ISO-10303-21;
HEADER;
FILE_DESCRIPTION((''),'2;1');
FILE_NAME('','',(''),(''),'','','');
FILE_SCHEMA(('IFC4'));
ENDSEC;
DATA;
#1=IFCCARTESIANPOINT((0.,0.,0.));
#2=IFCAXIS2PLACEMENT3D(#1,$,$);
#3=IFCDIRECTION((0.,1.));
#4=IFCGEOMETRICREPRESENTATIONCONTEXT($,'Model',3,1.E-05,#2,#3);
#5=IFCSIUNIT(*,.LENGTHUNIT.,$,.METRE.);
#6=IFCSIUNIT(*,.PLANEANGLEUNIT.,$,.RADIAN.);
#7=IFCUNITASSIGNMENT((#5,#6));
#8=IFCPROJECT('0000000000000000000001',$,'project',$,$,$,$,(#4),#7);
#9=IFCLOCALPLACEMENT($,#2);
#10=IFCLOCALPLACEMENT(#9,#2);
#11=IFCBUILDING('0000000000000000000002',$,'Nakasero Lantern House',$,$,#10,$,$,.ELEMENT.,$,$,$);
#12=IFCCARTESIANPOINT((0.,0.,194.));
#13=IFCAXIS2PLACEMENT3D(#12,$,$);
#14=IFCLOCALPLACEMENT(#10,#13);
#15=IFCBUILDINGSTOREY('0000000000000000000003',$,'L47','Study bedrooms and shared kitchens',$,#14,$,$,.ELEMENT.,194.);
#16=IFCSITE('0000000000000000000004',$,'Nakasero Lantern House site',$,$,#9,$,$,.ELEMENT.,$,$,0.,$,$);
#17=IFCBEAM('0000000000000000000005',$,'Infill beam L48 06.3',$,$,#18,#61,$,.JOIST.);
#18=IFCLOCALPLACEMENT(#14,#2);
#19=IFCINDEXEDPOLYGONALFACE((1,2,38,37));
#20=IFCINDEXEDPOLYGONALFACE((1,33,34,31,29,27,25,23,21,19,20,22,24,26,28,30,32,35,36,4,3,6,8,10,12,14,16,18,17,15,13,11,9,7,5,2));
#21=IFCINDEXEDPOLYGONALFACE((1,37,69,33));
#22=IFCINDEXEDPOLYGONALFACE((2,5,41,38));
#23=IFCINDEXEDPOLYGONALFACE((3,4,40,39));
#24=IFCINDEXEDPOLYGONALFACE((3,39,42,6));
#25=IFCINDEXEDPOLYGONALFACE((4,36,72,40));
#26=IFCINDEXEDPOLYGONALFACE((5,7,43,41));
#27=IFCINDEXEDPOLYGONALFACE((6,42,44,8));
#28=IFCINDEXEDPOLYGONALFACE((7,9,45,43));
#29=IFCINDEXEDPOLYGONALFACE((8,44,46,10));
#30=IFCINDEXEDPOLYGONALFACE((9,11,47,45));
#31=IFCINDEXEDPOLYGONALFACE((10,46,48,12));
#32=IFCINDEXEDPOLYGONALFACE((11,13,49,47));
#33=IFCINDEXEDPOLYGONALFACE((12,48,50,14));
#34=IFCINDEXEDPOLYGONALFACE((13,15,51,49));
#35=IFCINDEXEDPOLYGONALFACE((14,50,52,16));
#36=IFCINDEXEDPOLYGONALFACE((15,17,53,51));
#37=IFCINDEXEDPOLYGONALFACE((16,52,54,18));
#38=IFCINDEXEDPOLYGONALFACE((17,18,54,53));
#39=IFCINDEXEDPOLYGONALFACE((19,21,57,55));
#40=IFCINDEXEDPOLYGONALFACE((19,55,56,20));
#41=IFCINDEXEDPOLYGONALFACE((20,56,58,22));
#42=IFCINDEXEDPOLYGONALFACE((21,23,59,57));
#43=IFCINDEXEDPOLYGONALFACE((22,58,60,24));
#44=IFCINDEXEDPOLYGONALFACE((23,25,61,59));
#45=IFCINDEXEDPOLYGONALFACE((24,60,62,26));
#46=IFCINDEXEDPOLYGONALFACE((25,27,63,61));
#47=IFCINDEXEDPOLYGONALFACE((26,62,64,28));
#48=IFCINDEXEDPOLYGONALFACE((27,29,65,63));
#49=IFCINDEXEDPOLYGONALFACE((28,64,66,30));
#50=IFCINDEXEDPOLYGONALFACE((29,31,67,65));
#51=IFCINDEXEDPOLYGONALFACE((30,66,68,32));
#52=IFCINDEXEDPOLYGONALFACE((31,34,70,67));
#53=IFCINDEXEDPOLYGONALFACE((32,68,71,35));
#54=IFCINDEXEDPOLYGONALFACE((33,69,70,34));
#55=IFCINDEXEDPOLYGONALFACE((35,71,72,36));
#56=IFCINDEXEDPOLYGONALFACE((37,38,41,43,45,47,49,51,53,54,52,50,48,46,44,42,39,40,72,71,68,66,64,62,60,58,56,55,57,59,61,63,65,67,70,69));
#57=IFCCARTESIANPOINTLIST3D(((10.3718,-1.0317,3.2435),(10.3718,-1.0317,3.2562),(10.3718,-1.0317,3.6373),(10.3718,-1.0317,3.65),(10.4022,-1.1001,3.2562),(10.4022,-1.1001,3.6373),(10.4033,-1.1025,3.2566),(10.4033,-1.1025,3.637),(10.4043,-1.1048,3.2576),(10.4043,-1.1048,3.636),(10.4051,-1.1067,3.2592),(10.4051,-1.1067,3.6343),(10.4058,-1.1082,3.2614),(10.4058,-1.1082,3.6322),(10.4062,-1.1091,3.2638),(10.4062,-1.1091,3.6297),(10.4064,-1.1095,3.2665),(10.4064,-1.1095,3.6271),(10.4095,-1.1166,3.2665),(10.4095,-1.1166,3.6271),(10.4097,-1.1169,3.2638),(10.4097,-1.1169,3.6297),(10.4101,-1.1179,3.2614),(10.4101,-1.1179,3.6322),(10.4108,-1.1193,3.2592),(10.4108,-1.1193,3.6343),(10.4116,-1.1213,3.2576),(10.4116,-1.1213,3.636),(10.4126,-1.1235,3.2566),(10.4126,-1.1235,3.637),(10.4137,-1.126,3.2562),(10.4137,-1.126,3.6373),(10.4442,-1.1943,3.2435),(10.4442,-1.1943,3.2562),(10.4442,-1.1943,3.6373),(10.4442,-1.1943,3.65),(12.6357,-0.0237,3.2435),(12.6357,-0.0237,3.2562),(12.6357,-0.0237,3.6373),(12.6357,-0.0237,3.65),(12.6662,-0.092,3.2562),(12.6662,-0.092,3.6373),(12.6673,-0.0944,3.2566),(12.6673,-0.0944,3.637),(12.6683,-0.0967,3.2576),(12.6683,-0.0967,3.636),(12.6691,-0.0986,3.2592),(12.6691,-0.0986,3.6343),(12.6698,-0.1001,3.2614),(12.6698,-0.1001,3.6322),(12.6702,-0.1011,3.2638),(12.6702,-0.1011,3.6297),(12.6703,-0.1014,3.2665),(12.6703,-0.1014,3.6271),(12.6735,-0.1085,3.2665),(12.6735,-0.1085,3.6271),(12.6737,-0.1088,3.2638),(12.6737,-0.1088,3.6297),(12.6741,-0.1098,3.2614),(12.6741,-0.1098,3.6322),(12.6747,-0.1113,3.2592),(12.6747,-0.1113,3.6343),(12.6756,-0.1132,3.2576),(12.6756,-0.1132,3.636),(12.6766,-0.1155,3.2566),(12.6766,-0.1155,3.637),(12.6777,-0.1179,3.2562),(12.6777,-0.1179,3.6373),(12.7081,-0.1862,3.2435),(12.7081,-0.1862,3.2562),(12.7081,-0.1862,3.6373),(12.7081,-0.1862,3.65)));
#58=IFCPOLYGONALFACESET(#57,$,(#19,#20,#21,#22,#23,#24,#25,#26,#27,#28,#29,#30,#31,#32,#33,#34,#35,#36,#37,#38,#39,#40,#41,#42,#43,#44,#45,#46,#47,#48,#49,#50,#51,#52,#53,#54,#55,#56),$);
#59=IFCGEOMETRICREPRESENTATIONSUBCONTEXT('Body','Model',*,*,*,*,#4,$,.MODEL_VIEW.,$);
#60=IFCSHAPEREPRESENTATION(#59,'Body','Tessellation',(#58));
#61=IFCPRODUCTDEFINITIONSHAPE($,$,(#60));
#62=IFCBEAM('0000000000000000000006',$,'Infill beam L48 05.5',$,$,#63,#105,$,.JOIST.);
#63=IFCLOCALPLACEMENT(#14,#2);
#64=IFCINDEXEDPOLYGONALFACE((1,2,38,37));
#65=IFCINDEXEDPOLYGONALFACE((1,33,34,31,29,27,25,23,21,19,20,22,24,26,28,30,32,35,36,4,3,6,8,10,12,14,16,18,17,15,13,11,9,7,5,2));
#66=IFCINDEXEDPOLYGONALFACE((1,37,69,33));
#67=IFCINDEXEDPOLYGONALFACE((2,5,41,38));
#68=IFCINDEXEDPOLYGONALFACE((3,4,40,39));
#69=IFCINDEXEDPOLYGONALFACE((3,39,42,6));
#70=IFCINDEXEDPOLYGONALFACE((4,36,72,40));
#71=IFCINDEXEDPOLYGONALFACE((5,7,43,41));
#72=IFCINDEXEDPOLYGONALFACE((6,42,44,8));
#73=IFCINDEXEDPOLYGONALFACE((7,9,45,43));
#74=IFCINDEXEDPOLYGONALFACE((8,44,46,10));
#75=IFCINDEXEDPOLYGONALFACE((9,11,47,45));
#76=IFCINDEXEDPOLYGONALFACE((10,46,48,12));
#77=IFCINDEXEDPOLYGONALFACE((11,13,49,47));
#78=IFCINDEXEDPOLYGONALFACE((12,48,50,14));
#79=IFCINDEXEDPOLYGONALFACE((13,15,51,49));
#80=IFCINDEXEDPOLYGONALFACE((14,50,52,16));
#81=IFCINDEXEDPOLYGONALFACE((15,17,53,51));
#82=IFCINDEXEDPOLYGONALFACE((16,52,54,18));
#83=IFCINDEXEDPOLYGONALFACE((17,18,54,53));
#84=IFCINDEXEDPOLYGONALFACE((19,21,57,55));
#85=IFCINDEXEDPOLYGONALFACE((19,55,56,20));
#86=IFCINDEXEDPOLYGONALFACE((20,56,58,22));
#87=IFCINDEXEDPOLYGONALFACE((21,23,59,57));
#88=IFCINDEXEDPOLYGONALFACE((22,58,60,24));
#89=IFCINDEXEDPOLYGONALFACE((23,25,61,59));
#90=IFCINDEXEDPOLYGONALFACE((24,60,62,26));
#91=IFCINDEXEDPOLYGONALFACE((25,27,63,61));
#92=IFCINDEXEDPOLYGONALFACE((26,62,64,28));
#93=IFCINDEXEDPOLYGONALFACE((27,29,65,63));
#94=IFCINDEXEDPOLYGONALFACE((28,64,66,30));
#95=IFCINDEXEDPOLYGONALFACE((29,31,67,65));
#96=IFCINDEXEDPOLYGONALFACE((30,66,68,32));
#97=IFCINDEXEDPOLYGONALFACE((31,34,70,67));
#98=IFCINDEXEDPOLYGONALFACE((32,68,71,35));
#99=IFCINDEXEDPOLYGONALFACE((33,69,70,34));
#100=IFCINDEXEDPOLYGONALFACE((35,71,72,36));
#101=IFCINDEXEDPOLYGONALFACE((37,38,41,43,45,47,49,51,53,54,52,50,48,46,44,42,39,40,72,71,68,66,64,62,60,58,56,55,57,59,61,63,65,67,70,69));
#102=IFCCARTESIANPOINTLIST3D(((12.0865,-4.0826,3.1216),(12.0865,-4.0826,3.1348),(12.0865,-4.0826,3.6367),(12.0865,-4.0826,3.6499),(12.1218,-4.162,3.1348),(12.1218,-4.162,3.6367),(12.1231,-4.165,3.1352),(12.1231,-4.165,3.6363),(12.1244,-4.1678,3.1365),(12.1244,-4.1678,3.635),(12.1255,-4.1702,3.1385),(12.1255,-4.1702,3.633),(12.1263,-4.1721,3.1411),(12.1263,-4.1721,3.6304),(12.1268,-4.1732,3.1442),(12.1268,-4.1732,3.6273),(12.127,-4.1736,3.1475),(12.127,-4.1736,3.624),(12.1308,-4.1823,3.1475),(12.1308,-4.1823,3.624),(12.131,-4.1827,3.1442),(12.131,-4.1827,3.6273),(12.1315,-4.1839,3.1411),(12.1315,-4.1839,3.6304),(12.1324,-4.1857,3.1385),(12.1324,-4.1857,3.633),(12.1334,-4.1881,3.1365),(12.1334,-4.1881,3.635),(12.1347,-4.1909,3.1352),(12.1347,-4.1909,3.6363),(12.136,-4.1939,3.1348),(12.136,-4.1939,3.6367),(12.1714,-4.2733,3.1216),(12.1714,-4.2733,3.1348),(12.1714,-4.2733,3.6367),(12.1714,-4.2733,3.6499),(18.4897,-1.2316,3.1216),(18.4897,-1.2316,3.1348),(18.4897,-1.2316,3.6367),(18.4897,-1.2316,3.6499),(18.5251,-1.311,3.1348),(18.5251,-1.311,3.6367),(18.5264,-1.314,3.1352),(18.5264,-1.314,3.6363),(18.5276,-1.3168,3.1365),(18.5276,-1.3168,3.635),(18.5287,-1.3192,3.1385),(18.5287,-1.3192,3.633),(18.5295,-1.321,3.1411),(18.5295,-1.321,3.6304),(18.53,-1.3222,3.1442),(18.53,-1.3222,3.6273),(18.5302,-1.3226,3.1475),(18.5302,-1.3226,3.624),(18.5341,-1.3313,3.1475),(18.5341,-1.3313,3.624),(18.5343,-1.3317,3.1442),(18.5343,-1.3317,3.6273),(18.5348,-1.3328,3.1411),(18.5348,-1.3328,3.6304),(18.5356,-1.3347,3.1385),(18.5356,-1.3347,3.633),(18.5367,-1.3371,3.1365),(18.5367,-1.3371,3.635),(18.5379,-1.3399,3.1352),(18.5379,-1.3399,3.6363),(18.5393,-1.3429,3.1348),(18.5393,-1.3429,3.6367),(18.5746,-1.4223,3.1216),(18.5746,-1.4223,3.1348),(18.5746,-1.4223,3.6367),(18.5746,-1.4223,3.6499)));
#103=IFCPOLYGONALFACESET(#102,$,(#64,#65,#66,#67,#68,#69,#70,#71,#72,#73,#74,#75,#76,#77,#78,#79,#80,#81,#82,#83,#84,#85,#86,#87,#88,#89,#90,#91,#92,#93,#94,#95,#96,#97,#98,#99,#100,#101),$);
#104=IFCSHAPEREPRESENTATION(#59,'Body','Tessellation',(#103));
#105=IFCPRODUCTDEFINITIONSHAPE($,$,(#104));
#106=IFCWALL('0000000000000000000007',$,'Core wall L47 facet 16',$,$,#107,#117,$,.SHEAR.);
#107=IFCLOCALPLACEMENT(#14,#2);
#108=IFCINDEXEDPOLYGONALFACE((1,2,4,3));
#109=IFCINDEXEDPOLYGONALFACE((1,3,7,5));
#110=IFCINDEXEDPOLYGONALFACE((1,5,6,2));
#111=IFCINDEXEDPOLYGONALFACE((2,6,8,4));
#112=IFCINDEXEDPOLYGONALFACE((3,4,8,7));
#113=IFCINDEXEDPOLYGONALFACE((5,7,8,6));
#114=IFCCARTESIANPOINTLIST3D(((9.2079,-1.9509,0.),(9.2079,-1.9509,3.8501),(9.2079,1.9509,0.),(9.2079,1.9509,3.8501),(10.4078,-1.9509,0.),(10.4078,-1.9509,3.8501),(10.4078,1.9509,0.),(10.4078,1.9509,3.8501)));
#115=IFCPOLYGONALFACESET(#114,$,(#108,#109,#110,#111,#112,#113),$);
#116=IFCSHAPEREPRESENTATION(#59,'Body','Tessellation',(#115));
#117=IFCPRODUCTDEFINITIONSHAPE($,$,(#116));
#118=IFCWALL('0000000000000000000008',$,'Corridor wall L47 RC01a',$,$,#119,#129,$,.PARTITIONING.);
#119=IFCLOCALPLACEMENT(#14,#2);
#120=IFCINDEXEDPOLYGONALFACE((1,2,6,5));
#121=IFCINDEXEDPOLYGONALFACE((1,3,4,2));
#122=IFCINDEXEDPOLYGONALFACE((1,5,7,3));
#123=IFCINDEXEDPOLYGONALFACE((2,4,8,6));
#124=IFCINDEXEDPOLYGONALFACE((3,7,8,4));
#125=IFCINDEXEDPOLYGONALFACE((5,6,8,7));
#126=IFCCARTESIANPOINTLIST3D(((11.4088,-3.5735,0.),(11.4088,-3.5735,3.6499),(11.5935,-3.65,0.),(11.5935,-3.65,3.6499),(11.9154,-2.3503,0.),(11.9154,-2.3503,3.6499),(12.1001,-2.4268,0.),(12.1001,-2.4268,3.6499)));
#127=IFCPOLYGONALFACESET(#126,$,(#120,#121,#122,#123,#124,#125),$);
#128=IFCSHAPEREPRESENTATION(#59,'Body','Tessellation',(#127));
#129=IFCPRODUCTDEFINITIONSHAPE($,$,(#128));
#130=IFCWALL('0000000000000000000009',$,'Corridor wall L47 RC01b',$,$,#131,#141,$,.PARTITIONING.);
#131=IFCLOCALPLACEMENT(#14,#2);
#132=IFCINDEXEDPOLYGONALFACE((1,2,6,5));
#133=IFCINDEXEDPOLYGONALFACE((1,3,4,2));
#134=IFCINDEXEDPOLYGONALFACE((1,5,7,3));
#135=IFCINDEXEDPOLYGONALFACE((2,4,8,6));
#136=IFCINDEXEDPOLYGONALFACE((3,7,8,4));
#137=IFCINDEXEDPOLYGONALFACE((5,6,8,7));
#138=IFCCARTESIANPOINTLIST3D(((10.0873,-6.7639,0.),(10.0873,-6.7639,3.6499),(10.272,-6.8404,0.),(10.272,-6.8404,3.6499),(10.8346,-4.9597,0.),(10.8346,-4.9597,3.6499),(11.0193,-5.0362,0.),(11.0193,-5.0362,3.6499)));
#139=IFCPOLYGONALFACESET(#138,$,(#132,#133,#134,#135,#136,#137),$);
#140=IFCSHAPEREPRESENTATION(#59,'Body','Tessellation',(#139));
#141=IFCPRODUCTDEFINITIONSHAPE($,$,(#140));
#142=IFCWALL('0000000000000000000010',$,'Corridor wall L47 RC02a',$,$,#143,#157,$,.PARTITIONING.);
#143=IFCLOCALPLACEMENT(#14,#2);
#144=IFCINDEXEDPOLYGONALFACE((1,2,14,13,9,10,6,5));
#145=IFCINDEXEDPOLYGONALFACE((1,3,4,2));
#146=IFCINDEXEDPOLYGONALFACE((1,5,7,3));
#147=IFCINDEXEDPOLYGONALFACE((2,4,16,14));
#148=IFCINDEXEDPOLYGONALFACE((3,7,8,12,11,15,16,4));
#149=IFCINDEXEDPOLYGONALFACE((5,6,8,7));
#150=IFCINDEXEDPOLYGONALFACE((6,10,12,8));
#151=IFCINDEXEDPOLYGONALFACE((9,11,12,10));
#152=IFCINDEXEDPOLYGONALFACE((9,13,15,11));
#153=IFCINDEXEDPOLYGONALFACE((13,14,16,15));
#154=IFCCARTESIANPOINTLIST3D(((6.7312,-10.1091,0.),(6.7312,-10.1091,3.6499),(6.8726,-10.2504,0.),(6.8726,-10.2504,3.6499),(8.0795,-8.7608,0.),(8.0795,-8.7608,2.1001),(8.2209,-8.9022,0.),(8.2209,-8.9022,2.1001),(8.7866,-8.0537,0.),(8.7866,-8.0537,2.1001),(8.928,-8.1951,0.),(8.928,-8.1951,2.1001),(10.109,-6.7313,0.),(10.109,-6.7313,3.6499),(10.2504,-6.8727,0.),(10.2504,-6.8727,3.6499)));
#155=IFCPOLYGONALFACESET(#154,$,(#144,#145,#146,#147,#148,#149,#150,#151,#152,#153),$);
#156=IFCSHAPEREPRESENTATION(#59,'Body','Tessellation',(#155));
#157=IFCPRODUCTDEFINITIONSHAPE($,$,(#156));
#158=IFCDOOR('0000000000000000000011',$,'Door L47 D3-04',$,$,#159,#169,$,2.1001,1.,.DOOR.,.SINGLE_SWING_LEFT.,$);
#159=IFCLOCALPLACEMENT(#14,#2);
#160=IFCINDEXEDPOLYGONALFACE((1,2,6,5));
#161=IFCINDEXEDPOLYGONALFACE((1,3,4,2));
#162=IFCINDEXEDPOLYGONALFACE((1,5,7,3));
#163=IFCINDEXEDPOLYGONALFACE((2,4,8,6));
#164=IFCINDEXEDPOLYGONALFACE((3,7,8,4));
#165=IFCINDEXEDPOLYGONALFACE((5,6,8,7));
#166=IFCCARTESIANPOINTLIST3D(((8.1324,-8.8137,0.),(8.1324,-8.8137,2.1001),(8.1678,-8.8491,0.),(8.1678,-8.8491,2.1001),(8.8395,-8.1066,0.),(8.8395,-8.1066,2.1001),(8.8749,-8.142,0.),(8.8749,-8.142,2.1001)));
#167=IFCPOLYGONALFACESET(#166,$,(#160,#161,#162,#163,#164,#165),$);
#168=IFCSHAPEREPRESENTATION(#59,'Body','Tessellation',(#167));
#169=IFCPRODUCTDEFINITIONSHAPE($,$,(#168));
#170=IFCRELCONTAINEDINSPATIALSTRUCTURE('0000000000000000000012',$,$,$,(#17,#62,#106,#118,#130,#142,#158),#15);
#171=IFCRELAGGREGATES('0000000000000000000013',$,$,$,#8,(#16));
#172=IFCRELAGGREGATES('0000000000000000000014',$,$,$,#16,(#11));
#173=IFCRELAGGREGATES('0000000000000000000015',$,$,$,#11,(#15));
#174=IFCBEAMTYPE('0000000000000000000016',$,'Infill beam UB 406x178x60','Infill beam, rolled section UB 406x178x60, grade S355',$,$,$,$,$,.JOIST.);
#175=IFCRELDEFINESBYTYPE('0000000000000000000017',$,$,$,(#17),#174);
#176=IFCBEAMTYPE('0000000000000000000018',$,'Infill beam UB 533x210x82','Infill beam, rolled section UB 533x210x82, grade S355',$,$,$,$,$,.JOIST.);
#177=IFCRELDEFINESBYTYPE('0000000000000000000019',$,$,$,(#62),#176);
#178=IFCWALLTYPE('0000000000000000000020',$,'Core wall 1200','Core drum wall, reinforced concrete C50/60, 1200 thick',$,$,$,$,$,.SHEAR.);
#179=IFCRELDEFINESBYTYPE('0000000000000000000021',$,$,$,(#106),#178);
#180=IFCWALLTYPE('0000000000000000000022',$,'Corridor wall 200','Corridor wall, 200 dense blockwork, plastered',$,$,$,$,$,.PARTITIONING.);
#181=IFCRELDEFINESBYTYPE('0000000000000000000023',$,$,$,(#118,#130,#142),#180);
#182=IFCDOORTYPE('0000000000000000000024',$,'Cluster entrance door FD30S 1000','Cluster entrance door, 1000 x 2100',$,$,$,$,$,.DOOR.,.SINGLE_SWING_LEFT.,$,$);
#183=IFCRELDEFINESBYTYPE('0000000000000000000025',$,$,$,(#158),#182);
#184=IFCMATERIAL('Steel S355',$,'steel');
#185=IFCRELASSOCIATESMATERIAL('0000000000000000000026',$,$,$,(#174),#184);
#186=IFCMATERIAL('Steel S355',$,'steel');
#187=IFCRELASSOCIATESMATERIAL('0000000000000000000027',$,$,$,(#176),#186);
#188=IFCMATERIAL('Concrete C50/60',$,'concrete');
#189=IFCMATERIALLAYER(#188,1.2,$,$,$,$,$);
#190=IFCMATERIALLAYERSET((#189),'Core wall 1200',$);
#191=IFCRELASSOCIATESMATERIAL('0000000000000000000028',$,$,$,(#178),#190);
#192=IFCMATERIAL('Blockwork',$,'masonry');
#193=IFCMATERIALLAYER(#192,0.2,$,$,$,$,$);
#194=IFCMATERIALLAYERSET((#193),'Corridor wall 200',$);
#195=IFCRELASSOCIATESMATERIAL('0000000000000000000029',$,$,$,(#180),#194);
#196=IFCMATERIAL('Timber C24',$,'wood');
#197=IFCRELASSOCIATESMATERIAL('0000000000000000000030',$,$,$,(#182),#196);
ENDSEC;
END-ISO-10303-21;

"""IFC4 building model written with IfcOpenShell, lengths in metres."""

from ifc_helpers import new_model, si_unit, direction, frame, frame_2d, origin, origin_2d, place, context, subcontext, project, spatial, rectangle, i_section, extrude, material, layer, layer_set, material_profile, profile_set, type_object, element, fill, save


model = new_model("IFC4")

# Units and contexts
model_context = context("Model", 3, precision=1e-05, world=origin(), true_north=direction((0.0, 1.0)))
body_context = subcontext(model_context, "Body", "Model", "MODEL_VIEW")
ifc_project = project(units=[si_unit("LENGTHUNIT", "METRE"), si_unit("PLANEANGLEUNIT", "RADIAN")], contexts=[model_context])

# Site, building, storey
site_placement = place(None, origin())
site = spatial("IfcSite", under=ifc_project, at=site_placement, Name="Nakasero Lantern House site", CompositionType="ELEMENT", RefElevation=0.0)
building_placement = place(site_placement, origin())
building = spatial("IfcBuilding", under=site, at=building_placement, Name="Nakasero Lantern House", CompositionType="ELEMENT")
storey_placement = place(building_placement, frame((0.0, 0.0, 194.0)))
storey = spatial("IfcBuildingStorey", under=building, at=storey_placement, Name="L47", Description="Study bedrooms and shared kitchens", CompositionType="ELEMENT", Elevation=194.0)

# Beams
ifc_material_1 = material(Name="Steel S355", Category="steel")
ifc_material_profile_1 = material_profile(ifc_material_1, i_section(OverallWidth=0.178, OverallDepth=0.4065, WebThickness=0.0078, FlangeThickness=0.0127, FilletRadius=0.0103, at=origin_2d()), Name="UB 406x178x60")
ifc_profile_set_1 = profile_set([ifc_material_profile_1], Name="Steel S355")
beam_type_1 = type_object("IfcBeamType", Name="Infill beam UB 406x178x60", Description="Infill beam, rolled section UB 406x178x60, grade S355", PredefinedType="JOIST", material=ifc_profile_set_1)
beam_1_placement = place(storey_placement, frame((10.408, -1.113, 3.4468), z_axis=(0.913531, 0.406769, 0.0), x_axis=(-0.406769, 0.913531, 0.0)))
element("IfcBeam", 1, at=beam_1_placement, inside=storey, type_object=beam_type_1, Name="Infill beam L48 06.3", PredefinedType="JOIST", context=body_context, shape_type="SweptSolid", body=[
    extrude(i_section(OverallWidth=0.178, OverallDepth=0.4065, WebThickness=0.0078, FlangeThickness=0.0127, FilletRadius=0.0103, at=origin_2d()), origin(), (0.0, 0.0, 1.0), 2.4783),
])
ifc_material_2 = material(Name="Steel S355", Category="steel")
ifc_material_profile_2 = material_profile(ifc_material_2, i_section(OverallWidth=0.2087, OverallDepth=0.5283, WebThickness=0.0095, FlangeThickness=0.0132, FilletRadius=0.0127, at=origin_2d()), Name="UB 533x210x82")
ifc_profile_set_2 = profile_set([ifc_material_profile_2], Name="Steel S355")
beam_type_2 = type_object("IfcBeamType", Name="Infill beam UB 533x210x82", Description="Infill beam, rolled section UB 533x210x82, grade S355", PredefinedType="JOIST", material=ifc_profile_set_2)
beam_2_placement = place(storey_placement, frame((12.1289, -4.178, 3.3857), z_axis=(0.913538, 0.406752, 0.0), x_axis=(-0.406752, 0.913538, 0.0)))
element("IfcBeam", 2, at=beam_2_placement, inside=storey, type_object=beam_type_2, Name="Infill beam L48 05.5", PredefinedType="JOIST", context=body_context, shape_type="SweptSolid", body=[
    extrude(i_section(OverallWidth=0.2087, OverallDepth=0.5283, WebThickness=0.0095, FlangeThickness=0.0132, FilletRadius=0.0127, at=origin_2d()), origin(), (0.0, 0.0, 1.0), 7.0093),
])

# Walls
ifc_material_3 = material(Name="Concrete C50/60", Category="concrete")
ifc_layer_1 = layer(ifc_material_3, 1.2)
ifc_layer_set_1 = layer_set([ifc_layer_1], Name="Core wall 1200")
wall_type_1 = type_object("IfcWallType", Name="Core wall 1200", Description="Core drum wall, reinforced concrete C50/60, 1200 thick", PredefinedType="SHEAR", material=ifc_layer_set_1)
wall_1_placement = place(storey_placement, frame((9.8079, -1.9509, 0.0), z_axis=(0.0, 0.0, 1.0), x_axis=(0.0, 1.0, 0.0)))
element("IfcWall", 3, at=wall_1_placement, inside=storey, type_object=wall_type_1, Name="Core wall L47 facet 16", PredefinedType="SHEAR", context=body_context, shape_type="SweptSolid", body=[
    extrude(rectangle(XDim=3.9019, YDim=1.2, at=frame_2d((1.9509, 0.0))), origin(), (0.0, 0.0, 1.0), 3.8501),
])
ifc_material_4 = material(Name="Blockwork", Category="masonry")
ifc_layer_2 = layer(ifc_material_4, 0.2)
ifc_layer_set_2 = layer_set([ifc_layer_2], Name="Corridor wall 200")
wall_type_2 = type_object("IfcWallType", Name="Corridor wall 200", Description="Corridor wall, 200 dense blockwork, plastered", PredefinedType="PARTITIONING", material=ifc_layer_set_2)
wall_2_placement = place(storey_placement, frame((12.0078, -2.3884, 0.0), z_axis=(0.0, 0.0, 1.0), x_axis=(-0.38265, -0.923893, 0.0)))
element("IfcWall", 4, at=wall_2_placement, inside=storey, type_object=wall_type_2, Name="Corridor wall L47 RC01a", PredefinedType="PARTITIONING", context=body_context, shape_type="SweptSolid", body=[
    extrude(rectangle(XDim=1.324, YDim=0.2, at=frame_2d((0.6621, 0.0))), origin(), (0.0, 0.0, 1.0), 3.6499),
])
wall_3_placement = place(storey_placement, frame((10.927, -4.9978, 0.0), z_axis=(0.0, 0.0, 1.0), x_axis=(-0.382679, -0.923881, 0.0)))
element("IfcWall", 5, at=wall_3_placement, inside=storey, type_object=wall_type_2, Name="Corridor wall L47 RC01b", PredefinedType="PARTITIONING", context=body_context, shape_type="SweptSolid", body=[
    extrude(rectangle(XDim=1.9529, YDim=0.2, at=frame_2d((0.9766, 0.0))), origin(), (0.0, 0.0, 1.0), 3.6499),
])

# Wall, opening, door
wall_4_placement = place(storey_placement, frame((10.1797, -6.802, 0.0), z_axis=(0.0, 0.0, 1.0), x_axis=(-0.707107, -0.707107, 0.0)))
wall_4 = element("IfcWall", 6, at=wall_4_placement, inside=storey, type_object=wall_type_2, Name="Corridor wall L47 RC02a", PredefinedType="PARTITIONING", context=body_context, shape_type="SweptSolid", body=[
    extrude(rectangle(XDim=4.7769, YDim=0.2, at=frame_2d((2.3884, 0.0))), origin(), (0.0, 0.0, 1.0), 3.6499),
])
opening_1_placement = place(wall_4_placement, frame((1.8701, 0.0, 0.0)))
opening_1 = element("IfcOpeningElement", 7, at=opening_1_placement, cuts=wall_4, PredefinedType="OPENING", context=body_context, shape_type="SweptSolid", body=[
    extrude(rectangle(XDim=1.0, YDim=2.1001, at=frame_2d((0.5, 1.05))), frame((0.0, 0.1199, 0.0), z_axis=(0.0, -1.0, 0.0), x_axis=(1.0, 0.0, 0.0)), (0.0, 0.0, 1.0), 0.24),
])
ifc_material_5 = material(Name="Timber C24", Category="wood")
door_type_1 = type_object("IfcDoorType", Name="Cluster entrance door FD30S 1000", Description="Cluster entrance door, 1000 x 2100", OperationType="SINGLE_SWING_LEFT", PredefinedType="DOOR", material=ifc_material_5)
door_1_placement = place(opening_1_placement, origin())
door_1 = element("IfcDoor", 8, at=door_1_placement, inside=storey, type_object=door_type_1, Name="Door L47 D3-04", OperationType="SINGLE_SWING_LEFT", OverallHeight=2.1001, OverallWidth=1.0, PredefinedType="DOOR", context=body_context, shape_type="SweptSolid", body=[
    extrude(rectangle(XDim=1.0, YDim=2.1001, at=frame_2d((0.5, 1.05))), frame((0.0, 0.0249, 0.0), z_axis=(0.0, -1.0, 0.0), x_axis=(1.0, 0.0, 0.0)), (0.0, 0.0, 1.0), 0.05),
])
fill(opening_1, door_1)

save(model, "model.ifc")
